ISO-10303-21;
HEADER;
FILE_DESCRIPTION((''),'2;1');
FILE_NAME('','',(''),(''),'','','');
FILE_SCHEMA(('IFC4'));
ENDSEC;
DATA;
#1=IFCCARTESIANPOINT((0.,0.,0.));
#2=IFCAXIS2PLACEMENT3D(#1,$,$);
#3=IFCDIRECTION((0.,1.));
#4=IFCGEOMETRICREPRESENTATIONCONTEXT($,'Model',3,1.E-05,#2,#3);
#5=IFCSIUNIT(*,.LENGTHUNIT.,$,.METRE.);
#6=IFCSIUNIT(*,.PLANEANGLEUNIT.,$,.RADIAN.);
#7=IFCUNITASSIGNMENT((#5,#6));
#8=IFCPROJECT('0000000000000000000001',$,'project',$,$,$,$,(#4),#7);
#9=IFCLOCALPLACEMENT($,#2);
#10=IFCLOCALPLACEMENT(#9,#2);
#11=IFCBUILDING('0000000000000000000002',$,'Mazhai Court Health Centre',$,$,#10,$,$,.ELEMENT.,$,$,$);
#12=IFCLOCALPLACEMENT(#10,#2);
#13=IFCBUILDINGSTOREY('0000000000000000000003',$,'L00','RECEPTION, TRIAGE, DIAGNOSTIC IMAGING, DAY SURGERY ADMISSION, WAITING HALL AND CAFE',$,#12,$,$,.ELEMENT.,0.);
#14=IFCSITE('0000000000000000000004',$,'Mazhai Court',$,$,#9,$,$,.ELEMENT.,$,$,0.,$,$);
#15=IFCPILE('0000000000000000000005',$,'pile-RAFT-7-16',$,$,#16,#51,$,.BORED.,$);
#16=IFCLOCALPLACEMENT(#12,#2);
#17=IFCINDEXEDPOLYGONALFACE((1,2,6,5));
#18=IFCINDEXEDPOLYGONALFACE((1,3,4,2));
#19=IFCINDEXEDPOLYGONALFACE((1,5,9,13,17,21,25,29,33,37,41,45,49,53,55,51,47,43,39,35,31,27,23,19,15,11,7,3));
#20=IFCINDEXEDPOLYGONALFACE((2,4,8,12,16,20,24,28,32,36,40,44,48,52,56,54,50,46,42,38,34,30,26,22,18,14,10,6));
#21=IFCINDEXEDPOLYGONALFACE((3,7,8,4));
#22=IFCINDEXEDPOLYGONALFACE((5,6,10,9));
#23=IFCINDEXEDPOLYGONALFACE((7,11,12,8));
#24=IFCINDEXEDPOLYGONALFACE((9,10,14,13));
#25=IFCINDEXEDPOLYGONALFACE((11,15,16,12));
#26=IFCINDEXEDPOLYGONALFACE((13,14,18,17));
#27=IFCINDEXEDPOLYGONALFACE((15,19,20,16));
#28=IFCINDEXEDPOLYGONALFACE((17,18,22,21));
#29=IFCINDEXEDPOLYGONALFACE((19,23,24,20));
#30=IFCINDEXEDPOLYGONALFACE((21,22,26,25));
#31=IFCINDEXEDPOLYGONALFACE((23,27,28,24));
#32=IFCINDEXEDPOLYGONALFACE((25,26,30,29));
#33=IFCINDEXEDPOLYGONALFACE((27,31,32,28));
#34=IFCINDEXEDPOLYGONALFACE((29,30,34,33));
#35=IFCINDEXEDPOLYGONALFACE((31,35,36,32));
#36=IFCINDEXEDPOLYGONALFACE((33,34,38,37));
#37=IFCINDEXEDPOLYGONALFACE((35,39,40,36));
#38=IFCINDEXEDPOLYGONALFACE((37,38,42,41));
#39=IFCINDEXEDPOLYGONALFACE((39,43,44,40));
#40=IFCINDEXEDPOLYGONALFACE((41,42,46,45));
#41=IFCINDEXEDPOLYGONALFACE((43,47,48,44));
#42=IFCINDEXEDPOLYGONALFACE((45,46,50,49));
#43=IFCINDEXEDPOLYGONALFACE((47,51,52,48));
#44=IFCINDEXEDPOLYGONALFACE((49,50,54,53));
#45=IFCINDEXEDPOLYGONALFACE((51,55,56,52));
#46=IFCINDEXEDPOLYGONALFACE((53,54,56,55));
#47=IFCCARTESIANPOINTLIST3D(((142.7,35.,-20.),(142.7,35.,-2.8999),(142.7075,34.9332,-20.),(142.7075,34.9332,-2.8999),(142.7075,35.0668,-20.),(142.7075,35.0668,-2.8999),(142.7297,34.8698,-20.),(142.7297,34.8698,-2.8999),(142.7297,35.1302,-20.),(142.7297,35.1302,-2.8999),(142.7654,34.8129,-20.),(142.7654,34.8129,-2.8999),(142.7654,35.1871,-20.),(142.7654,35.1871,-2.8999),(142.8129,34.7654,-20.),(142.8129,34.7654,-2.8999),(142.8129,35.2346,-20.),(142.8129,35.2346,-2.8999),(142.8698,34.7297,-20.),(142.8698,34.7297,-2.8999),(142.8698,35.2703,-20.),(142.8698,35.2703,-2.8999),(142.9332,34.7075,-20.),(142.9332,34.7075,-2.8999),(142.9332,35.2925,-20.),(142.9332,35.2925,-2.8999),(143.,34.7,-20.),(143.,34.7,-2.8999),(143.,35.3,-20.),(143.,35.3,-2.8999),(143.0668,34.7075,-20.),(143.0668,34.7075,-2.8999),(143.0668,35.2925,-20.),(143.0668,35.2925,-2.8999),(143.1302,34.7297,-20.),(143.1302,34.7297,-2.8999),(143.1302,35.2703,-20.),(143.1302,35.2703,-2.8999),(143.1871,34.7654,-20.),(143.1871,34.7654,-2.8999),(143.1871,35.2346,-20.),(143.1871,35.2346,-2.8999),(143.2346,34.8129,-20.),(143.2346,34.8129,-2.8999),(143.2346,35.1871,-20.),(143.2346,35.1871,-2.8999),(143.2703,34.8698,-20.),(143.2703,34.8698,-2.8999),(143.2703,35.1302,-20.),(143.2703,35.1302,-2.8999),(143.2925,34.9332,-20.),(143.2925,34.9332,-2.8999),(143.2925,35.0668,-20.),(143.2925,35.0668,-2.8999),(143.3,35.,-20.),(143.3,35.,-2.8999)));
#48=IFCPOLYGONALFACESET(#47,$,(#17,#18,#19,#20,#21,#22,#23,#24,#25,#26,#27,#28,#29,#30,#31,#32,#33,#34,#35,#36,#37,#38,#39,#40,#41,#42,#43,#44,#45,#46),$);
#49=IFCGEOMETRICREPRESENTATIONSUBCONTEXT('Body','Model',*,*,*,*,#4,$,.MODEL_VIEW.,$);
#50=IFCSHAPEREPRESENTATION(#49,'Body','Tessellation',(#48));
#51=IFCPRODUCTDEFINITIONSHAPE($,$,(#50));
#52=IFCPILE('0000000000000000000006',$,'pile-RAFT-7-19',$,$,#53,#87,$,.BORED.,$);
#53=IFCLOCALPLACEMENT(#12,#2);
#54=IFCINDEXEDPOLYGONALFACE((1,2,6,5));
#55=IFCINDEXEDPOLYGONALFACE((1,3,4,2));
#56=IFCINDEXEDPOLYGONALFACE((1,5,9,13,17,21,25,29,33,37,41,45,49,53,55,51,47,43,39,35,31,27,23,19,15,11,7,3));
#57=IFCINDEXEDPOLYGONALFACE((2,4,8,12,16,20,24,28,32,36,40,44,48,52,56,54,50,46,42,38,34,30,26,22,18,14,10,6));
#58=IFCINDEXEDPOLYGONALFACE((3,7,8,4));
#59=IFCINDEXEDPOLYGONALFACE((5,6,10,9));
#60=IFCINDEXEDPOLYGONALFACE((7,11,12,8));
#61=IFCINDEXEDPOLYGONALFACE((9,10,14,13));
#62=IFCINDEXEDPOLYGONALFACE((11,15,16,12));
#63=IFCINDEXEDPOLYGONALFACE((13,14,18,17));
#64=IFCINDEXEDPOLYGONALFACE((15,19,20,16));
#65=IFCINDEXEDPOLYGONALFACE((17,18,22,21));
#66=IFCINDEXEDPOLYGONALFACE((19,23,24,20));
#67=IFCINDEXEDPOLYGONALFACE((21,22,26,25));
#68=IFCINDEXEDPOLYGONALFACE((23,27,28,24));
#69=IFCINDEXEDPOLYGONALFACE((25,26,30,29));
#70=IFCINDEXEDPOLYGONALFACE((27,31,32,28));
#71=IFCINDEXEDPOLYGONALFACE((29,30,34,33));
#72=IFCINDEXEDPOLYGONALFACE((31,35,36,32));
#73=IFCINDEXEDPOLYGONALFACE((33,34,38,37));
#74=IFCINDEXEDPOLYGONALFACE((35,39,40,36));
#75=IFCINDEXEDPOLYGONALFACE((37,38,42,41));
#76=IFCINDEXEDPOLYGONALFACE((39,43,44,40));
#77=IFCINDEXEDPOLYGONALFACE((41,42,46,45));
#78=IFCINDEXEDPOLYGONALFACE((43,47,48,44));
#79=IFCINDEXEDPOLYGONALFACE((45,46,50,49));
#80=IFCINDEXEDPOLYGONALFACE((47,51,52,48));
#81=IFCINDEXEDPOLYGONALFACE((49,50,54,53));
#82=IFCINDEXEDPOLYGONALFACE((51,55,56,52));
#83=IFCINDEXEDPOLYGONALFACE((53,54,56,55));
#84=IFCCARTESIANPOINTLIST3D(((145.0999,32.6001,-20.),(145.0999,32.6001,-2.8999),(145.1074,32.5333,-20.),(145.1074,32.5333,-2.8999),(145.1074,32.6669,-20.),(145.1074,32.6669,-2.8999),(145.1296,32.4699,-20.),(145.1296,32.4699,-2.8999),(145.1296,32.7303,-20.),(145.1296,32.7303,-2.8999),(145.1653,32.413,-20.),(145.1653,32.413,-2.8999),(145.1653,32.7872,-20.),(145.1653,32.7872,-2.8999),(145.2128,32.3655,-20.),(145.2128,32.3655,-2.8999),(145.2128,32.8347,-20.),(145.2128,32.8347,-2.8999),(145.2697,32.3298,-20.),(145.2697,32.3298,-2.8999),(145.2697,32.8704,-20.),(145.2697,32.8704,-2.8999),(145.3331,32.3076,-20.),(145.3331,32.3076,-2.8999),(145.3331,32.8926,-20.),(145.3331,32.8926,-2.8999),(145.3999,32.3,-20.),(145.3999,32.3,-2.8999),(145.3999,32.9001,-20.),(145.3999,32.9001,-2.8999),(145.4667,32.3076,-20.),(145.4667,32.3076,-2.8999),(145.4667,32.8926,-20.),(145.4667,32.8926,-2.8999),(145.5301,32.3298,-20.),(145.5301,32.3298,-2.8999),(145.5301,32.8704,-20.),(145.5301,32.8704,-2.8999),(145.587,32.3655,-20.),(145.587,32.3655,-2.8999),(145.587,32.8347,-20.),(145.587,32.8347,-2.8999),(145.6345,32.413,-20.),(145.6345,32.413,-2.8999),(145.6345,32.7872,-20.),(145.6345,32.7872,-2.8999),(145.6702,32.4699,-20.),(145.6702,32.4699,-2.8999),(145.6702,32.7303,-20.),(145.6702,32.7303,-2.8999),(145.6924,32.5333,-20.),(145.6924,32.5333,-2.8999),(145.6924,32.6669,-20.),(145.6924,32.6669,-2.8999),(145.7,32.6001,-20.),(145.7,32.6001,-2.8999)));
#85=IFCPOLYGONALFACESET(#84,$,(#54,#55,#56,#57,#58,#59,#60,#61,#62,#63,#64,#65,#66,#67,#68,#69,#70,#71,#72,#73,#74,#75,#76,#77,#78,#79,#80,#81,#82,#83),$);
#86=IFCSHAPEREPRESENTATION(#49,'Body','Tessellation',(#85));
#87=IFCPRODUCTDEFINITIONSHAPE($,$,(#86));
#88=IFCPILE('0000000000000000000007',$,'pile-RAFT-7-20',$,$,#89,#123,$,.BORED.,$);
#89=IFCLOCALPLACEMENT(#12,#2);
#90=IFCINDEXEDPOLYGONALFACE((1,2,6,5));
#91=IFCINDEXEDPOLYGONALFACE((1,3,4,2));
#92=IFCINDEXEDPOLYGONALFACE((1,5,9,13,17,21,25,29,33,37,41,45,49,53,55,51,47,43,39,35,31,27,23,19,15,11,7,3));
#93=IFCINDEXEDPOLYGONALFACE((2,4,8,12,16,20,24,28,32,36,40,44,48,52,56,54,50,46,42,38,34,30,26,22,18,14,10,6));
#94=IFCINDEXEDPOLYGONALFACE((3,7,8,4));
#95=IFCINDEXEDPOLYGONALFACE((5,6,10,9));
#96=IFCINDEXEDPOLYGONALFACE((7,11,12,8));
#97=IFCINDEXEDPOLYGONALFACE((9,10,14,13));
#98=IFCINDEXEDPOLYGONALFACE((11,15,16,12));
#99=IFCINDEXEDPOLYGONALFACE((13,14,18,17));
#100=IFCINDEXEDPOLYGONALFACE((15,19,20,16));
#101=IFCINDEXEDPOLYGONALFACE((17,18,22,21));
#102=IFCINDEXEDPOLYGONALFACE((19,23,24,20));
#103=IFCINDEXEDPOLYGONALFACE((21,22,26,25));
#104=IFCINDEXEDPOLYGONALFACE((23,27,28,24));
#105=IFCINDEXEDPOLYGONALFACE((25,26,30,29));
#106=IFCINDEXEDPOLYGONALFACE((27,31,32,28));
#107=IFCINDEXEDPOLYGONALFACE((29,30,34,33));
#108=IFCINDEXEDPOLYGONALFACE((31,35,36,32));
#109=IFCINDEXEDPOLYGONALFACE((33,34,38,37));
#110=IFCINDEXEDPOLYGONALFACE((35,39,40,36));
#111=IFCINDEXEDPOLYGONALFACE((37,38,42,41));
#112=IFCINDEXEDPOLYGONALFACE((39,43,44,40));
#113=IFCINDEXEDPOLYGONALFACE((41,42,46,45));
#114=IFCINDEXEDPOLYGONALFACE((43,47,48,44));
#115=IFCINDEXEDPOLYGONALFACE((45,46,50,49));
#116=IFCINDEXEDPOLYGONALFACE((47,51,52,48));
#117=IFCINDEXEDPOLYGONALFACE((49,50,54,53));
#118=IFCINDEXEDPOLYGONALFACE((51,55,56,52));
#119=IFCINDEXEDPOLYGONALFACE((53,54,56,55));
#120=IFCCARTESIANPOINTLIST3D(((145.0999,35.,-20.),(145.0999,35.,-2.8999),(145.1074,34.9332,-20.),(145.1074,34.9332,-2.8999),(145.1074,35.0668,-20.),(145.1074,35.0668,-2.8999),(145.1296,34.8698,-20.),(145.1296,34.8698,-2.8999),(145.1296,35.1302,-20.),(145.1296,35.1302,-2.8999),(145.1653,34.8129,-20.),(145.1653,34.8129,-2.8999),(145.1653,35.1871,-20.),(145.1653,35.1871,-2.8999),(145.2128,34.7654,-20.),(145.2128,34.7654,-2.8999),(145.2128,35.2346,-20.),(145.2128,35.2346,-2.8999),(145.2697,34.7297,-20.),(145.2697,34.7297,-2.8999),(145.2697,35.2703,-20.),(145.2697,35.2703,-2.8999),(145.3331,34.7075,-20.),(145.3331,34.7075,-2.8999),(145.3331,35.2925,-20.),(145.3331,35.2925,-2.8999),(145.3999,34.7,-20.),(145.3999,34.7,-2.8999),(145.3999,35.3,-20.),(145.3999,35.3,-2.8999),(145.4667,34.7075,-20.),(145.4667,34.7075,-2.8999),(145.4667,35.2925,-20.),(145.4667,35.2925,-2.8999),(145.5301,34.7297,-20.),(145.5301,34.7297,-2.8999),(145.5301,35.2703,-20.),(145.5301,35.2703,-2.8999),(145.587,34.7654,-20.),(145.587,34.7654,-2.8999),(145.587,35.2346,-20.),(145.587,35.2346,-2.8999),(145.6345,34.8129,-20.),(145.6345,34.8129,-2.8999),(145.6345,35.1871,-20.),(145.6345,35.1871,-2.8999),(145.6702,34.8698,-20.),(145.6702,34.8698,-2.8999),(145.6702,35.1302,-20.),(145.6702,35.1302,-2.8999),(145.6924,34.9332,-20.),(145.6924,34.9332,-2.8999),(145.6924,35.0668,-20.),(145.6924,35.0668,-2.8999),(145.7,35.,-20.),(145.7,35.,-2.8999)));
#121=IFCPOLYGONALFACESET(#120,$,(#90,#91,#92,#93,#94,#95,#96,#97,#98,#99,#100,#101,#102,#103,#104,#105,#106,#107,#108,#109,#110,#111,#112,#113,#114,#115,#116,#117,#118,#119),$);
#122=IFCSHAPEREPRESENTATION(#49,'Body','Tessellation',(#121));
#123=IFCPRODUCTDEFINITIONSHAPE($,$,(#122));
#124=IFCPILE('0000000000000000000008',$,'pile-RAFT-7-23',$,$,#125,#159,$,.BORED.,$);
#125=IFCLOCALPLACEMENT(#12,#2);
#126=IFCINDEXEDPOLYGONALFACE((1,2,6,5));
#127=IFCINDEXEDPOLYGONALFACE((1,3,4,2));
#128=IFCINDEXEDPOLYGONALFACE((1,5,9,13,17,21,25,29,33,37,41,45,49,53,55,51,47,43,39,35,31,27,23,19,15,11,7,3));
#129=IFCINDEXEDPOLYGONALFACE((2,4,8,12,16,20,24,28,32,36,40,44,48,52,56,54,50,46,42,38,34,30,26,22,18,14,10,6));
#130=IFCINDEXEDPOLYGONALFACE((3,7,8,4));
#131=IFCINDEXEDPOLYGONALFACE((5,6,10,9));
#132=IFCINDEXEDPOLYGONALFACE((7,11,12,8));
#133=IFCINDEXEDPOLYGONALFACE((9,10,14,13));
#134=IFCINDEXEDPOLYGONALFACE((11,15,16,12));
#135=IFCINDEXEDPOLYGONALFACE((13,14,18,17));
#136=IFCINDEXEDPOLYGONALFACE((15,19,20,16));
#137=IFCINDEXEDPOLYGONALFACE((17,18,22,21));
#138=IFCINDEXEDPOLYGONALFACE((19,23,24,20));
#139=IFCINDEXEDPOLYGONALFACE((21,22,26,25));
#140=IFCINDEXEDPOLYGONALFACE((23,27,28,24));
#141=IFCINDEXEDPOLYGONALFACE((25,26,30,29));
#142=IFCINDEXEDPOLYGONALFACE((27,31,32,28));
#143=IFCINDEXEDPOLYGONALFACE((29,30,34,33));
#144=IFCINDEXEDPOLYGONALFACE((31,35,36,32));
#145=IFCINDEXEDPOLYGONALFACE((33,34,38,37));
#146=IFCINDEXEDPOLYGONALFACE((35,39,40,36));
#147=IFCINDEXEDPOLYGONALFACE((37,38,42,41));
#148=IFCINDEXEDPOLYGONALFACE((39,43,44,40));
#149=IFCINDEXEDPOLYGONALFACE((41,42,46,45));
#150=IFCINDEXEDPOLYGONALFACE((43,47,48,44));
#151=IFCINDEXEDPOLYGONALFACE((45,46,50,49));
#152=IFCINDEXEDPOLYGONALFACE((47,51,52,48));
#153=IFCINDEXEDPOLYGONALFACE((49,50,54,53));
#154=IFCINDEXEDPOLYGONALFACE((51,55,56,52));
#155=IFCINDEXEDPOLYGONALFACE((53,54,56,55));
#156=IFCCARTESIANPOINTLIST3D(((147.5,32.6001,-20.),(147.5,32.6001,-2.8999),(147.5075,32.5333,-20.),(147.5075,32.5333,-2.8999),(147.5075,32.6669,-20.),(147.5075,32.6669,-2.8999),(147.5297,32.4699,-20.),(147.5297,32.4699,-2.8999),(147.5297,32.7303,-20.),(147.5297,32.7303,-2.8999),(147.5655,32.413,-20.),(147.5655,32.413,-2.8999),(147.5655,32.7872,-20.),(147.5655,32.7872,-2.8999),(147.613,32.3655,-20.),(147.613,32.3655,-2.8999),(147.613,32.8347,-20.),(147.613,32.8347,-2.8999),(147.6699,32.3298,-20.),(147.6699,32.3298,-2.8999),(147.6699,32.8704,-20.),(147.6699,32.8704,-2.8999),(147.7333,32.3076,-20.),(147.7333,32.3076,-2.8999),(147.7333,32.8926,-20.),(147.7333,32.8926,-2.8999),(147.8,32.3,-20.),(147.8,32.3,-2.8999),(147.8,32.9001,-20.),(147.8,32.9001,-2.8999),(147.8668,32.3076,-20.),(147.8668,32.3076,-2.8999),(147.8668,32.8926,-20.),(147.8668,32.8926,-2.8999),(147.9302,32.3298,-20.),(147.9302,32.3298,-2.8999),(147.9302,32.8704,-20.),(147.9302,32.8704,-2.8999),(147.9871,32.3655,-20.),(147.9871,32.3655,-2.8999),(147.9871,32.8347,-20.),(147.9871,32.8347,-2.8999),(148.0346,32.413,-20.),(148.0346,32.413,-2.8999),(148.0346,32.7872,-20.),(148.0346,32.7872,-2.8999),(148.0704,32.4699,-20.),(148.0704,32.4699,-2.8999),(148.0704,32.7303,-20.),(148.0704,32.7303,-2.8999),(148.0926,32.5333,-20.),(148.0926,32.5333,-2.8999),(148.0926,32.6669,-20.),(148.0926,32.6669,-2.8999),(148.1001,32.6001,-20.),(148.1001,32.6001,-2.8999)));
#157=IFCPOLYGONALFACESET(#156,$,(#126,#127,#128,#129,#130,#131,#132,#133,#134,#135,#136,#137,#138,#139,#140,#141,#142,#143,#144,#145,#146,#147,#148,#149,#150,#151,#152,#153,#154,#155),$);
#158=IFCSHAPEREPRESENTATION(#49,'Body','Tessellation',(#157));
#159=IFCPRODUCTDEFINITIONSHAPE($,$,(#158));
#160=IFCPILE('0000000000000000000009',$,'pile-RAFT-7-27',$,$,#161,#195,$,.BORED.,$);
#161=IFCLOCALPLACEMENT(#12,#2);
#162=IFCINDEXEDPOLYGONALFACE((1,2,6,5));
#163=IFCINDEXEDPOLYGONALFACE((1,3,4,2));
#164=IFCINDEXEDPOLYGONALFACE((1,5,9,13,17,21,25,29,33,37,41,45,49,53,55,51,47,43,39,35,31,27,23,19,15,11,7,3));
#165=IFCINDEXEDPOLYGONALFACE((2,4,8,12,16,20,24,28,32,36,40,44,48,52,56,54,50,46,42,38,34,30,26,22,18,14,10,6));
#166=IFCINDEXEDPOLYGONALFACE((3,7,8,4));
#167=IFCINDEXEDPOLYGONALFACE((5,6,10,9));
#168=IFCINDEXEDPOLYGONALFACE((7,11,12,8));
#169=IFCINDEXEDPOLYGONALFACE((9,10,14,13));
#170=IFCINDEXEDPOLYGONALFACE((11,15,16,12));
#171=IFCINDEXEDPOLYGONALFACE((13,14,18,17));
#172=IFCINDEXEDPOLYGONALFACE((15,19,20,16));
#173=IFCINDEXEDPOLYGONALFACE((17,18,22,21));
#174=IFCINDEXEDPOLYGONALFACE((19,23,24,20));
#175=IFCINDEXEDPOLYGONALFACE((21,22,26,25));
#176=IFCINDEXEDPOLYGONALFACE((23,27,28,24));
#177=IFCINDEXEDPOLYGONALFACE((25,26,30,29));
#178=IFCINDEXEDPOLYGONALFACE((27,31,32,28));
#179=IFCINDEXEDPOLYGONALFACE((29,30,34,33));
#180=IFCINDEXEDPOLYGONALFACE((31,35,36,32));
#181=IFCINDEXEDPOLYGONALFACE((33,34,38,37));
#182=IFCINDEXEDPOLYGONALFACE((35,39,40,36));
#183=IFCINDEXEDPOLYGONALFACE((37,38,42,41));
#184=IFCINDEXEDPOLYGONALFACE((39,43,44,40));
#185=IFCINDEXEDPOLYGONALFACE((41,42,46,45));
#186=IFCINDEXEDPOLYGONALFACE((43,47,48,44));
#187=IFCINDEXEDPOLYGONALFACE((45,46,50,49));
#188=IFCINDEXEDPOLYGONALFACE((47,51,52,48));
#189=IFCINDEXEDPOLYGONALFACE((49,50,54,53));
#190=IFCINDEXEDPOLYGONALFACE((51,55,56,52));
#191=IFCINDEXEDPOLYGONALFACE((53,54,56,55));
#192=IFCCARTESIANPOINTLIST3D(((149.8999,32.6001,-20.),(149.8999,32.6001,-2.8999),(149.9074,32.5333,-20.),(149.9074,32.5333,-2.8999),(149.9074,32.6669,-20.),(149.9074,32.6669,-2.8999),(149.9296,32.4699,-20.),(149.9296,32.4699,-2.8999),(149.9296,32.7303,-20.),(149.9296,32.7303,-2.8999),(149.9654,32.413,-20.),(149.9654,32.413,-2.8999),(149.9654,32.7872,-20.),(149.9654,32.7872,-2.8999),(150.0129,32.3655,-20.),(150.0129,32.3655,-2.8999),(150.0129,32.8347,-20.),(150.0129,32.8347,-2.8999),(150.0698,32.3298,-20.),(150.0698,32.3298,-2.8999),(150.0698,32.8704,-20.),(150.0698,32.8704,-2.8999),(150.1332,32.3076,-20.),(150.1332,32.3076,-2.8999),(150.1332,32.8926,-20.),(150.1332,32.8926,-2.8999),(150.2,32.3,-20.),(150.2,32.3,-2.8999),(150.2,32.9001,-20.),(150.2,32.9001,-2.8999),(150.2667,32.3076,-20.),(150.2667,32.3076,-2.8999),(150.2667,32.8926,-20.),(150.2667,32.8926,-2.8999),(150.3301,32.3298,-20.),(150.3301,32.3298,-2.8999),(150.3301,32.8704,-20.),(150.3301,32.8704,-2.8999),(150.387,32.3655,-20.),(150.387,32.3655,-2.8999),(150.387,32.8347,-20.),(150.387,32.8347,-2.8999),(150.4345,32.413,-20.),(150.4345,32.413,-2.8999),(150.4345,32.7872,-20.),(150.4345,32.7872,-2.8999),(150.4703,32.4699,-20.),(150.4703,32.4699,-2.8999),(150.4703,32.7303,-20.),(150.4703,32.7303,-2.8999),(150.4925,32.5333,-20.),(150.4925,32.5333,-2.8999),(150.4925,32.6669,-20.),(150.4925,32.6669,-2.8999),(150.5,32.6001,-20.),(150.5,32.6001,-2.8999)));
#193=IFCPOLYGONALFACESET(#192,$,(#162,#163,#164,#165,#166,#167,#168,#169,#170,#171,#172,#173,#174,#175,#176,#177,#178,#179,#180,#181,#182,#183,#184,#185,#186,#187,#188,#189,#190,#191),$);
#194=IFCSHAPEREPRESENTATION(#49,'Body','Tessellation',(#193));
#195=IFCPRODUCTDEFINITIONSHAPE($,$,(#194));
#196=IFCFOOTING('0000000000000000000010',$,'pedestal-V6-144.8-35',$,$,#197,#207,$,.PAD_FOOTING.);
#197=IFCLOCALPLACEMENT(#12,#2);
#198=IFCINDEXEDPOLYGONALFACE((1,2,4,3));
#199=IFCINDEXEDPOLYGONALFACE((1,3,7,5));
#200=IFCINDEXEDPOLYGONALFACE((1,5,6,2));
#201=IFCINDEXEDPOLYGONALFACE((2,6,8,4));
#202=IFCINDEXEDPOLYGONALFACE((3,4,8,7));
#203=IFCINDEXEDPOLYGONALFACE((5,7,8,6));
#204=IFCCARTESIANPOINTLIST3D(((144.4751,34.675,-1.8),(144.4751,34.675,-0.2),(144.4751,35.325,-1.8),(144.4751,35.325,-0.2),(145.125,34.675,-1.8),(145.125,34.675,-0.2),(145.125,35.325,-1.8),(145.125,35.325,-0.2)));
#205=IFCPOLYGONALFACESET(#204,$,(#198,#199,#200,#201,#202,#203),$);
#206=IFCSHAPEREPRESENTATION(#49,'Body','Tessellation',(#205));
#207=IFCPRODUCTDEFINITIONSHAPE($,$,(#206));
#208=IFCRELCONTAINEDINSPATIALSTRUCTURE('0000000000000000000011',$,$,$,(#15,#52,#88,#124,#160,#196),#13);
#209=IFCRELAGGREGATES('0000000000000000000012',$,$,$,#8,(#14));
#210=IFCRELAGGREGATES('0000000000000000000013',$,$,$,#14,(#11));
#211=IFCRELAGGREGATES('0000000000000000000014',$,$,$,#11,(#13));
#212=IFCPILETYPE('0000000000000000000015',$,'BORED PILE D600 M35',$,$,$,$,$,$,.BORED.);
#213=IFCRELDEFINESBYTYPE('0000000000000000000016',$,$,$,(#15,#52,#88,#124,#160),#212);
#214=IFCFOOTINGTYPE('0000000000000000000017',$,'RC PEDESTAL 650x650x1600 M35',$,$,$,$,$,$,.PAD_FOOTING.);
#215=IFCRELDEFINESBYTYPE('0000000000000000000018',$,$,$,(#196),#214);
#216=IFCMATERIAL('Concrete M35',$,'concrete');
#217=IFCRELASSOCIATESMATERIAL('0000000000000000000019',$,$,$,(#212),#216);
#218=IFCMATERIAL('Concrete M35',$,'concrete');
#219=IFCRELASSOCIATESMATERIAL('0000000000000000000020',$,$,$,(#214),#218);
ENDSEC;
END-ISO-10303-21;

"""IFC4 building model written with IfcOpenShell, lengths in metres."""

from ifc_helpers import new_model, si_unit, direction, frame, origin, origin_2d, place, context, subcontext, project, spatial, rectangle, circle, extrude, material, material_profile, profile_set, type_object, element, save


model = new_model("IFC4")

# Units and contexts
model_context = context("Model", 3, precision=1e-05, world=origin(), true_north=direction((0.0, 1.0)))
body_context = subcontext(model_context, "Body", "Model", "MODEL_VIEW")
ifc_project = project(units=[si_unit("LENGTHUNIT", "METRE"), si_unit("PLANEANGLEUNIT", "RADIAN")], contexts=[model_context])

# Site, building, storey
site_placement = place(None, origin())
site = spatial("IfcSite", under=ifc_project, at=site_placement, Name="Mazhai Court", CompositionType="ELEMENT", RefElevation=0.0)
building_placement = place(site_placement, origin())
building = spatial("IfcBuilding", under=site, at=building_placement, Name="Mazhai Court Health Centre", CompositionType="ELEMENT")
storey_placement = place(building_placement, origin())
storey = spatial("IfcBuildingStorey", under=building, at=storey_placement, Name="L00", Description="RECEPTION, TRIAGE, DIAGNOSTIC IMAGING, DAY SURGERY ADMISSION, WAITING HALL AND CAFE", CompositionType="ELEMENT", Elevation=0.0)

# Piles
ifc_material_1 = material(Name="Concrete M35", Category="concrete")
ifc_material_profile_1 = material_profile(ifc_material_1, circle(Radius=0.3, at=origin_2d()), Name="RC PILE D600")
ifc_profile_set_1 = profile_set([ifc_material_profile_1], Name="Concrete M35")
pile_type = type_object("IfcPileType", Name="BORED PILE D600 M35", PredefinedType="BORED", material=ifc_profile_set_1)
for number, where, z_axis, x_axis, name in (
    (1, (143.0, 35.0, -2.8999), (0.0, 0.0, -1.0), (1.0, 0.0, 0.0), "pile-RAFT-7-16"),
    (2, (145.3999, 32.6001, -2.8999), (0.0, 0.0, -1.0), (1.0, 0.0, 0.0), "pile-RAFT-7-19"),
    (3, (145.3999, 35.0, -2.8999), (0.0, 0.0, -1.0), (1.0, 0.0, 0.0), "pile-RAFT-7-20"),
    (4, (147.8, 32.6001, -2.8999), (0.0, 0.0, -1.0), (1.0, 0.0, 0.0), "pile-RAFT-7-23"),
    (5, (150.2, 32.6001, -2.8999), (0.0, 0.0, -1.0), (1.0, 0.0, 0.0), "pile-RAFT-7-27"),
):
    element("IfcPile", number, at=place(storey_placement, frame(where, z_axis=z_axis, x_axis=x_axis)), inside=storey, type_object=pile_type, Name=name, PredefinedType="BORED", context=body_context, shape_type="SweptSolid", body=[
        extrude(circle(Radius=0.3, at=origin_2d()), origin(), (0.0, 0.0, 1.0), 17.1001),
    ])

# Footing
ifc_material_2 = material(Name="Concrete M35", Category="concrete")
footing_type = type_object("IfcFootingType", Name="RC PEDESTAL 650x650x1600 M35", PredefinedType="PAD_FOOTING", material=ifc_material_2)
footing_placement = place(storey_placement, frame((144.8, 35.0, -1.8), z_axis=(0.0, 0.0, 1.0), x_axis=(1.0, 0.0, 0.0)))
element("IfcFooting", 6, at=footing_placement, inside=storey, type_object=footing_type, Name="pedestal-V6-144.8-35", PredefinedType="PAD_FOOTING", context=body_context, shape_type="SweptSolid", body=[
    extrude(rectangle(XDim=0.6499, YDim=0.6499, at=origin_2d()), origin(), (0.0, 0.0, 1.0), 1.6001),
])

save(model, "model.ifc")
